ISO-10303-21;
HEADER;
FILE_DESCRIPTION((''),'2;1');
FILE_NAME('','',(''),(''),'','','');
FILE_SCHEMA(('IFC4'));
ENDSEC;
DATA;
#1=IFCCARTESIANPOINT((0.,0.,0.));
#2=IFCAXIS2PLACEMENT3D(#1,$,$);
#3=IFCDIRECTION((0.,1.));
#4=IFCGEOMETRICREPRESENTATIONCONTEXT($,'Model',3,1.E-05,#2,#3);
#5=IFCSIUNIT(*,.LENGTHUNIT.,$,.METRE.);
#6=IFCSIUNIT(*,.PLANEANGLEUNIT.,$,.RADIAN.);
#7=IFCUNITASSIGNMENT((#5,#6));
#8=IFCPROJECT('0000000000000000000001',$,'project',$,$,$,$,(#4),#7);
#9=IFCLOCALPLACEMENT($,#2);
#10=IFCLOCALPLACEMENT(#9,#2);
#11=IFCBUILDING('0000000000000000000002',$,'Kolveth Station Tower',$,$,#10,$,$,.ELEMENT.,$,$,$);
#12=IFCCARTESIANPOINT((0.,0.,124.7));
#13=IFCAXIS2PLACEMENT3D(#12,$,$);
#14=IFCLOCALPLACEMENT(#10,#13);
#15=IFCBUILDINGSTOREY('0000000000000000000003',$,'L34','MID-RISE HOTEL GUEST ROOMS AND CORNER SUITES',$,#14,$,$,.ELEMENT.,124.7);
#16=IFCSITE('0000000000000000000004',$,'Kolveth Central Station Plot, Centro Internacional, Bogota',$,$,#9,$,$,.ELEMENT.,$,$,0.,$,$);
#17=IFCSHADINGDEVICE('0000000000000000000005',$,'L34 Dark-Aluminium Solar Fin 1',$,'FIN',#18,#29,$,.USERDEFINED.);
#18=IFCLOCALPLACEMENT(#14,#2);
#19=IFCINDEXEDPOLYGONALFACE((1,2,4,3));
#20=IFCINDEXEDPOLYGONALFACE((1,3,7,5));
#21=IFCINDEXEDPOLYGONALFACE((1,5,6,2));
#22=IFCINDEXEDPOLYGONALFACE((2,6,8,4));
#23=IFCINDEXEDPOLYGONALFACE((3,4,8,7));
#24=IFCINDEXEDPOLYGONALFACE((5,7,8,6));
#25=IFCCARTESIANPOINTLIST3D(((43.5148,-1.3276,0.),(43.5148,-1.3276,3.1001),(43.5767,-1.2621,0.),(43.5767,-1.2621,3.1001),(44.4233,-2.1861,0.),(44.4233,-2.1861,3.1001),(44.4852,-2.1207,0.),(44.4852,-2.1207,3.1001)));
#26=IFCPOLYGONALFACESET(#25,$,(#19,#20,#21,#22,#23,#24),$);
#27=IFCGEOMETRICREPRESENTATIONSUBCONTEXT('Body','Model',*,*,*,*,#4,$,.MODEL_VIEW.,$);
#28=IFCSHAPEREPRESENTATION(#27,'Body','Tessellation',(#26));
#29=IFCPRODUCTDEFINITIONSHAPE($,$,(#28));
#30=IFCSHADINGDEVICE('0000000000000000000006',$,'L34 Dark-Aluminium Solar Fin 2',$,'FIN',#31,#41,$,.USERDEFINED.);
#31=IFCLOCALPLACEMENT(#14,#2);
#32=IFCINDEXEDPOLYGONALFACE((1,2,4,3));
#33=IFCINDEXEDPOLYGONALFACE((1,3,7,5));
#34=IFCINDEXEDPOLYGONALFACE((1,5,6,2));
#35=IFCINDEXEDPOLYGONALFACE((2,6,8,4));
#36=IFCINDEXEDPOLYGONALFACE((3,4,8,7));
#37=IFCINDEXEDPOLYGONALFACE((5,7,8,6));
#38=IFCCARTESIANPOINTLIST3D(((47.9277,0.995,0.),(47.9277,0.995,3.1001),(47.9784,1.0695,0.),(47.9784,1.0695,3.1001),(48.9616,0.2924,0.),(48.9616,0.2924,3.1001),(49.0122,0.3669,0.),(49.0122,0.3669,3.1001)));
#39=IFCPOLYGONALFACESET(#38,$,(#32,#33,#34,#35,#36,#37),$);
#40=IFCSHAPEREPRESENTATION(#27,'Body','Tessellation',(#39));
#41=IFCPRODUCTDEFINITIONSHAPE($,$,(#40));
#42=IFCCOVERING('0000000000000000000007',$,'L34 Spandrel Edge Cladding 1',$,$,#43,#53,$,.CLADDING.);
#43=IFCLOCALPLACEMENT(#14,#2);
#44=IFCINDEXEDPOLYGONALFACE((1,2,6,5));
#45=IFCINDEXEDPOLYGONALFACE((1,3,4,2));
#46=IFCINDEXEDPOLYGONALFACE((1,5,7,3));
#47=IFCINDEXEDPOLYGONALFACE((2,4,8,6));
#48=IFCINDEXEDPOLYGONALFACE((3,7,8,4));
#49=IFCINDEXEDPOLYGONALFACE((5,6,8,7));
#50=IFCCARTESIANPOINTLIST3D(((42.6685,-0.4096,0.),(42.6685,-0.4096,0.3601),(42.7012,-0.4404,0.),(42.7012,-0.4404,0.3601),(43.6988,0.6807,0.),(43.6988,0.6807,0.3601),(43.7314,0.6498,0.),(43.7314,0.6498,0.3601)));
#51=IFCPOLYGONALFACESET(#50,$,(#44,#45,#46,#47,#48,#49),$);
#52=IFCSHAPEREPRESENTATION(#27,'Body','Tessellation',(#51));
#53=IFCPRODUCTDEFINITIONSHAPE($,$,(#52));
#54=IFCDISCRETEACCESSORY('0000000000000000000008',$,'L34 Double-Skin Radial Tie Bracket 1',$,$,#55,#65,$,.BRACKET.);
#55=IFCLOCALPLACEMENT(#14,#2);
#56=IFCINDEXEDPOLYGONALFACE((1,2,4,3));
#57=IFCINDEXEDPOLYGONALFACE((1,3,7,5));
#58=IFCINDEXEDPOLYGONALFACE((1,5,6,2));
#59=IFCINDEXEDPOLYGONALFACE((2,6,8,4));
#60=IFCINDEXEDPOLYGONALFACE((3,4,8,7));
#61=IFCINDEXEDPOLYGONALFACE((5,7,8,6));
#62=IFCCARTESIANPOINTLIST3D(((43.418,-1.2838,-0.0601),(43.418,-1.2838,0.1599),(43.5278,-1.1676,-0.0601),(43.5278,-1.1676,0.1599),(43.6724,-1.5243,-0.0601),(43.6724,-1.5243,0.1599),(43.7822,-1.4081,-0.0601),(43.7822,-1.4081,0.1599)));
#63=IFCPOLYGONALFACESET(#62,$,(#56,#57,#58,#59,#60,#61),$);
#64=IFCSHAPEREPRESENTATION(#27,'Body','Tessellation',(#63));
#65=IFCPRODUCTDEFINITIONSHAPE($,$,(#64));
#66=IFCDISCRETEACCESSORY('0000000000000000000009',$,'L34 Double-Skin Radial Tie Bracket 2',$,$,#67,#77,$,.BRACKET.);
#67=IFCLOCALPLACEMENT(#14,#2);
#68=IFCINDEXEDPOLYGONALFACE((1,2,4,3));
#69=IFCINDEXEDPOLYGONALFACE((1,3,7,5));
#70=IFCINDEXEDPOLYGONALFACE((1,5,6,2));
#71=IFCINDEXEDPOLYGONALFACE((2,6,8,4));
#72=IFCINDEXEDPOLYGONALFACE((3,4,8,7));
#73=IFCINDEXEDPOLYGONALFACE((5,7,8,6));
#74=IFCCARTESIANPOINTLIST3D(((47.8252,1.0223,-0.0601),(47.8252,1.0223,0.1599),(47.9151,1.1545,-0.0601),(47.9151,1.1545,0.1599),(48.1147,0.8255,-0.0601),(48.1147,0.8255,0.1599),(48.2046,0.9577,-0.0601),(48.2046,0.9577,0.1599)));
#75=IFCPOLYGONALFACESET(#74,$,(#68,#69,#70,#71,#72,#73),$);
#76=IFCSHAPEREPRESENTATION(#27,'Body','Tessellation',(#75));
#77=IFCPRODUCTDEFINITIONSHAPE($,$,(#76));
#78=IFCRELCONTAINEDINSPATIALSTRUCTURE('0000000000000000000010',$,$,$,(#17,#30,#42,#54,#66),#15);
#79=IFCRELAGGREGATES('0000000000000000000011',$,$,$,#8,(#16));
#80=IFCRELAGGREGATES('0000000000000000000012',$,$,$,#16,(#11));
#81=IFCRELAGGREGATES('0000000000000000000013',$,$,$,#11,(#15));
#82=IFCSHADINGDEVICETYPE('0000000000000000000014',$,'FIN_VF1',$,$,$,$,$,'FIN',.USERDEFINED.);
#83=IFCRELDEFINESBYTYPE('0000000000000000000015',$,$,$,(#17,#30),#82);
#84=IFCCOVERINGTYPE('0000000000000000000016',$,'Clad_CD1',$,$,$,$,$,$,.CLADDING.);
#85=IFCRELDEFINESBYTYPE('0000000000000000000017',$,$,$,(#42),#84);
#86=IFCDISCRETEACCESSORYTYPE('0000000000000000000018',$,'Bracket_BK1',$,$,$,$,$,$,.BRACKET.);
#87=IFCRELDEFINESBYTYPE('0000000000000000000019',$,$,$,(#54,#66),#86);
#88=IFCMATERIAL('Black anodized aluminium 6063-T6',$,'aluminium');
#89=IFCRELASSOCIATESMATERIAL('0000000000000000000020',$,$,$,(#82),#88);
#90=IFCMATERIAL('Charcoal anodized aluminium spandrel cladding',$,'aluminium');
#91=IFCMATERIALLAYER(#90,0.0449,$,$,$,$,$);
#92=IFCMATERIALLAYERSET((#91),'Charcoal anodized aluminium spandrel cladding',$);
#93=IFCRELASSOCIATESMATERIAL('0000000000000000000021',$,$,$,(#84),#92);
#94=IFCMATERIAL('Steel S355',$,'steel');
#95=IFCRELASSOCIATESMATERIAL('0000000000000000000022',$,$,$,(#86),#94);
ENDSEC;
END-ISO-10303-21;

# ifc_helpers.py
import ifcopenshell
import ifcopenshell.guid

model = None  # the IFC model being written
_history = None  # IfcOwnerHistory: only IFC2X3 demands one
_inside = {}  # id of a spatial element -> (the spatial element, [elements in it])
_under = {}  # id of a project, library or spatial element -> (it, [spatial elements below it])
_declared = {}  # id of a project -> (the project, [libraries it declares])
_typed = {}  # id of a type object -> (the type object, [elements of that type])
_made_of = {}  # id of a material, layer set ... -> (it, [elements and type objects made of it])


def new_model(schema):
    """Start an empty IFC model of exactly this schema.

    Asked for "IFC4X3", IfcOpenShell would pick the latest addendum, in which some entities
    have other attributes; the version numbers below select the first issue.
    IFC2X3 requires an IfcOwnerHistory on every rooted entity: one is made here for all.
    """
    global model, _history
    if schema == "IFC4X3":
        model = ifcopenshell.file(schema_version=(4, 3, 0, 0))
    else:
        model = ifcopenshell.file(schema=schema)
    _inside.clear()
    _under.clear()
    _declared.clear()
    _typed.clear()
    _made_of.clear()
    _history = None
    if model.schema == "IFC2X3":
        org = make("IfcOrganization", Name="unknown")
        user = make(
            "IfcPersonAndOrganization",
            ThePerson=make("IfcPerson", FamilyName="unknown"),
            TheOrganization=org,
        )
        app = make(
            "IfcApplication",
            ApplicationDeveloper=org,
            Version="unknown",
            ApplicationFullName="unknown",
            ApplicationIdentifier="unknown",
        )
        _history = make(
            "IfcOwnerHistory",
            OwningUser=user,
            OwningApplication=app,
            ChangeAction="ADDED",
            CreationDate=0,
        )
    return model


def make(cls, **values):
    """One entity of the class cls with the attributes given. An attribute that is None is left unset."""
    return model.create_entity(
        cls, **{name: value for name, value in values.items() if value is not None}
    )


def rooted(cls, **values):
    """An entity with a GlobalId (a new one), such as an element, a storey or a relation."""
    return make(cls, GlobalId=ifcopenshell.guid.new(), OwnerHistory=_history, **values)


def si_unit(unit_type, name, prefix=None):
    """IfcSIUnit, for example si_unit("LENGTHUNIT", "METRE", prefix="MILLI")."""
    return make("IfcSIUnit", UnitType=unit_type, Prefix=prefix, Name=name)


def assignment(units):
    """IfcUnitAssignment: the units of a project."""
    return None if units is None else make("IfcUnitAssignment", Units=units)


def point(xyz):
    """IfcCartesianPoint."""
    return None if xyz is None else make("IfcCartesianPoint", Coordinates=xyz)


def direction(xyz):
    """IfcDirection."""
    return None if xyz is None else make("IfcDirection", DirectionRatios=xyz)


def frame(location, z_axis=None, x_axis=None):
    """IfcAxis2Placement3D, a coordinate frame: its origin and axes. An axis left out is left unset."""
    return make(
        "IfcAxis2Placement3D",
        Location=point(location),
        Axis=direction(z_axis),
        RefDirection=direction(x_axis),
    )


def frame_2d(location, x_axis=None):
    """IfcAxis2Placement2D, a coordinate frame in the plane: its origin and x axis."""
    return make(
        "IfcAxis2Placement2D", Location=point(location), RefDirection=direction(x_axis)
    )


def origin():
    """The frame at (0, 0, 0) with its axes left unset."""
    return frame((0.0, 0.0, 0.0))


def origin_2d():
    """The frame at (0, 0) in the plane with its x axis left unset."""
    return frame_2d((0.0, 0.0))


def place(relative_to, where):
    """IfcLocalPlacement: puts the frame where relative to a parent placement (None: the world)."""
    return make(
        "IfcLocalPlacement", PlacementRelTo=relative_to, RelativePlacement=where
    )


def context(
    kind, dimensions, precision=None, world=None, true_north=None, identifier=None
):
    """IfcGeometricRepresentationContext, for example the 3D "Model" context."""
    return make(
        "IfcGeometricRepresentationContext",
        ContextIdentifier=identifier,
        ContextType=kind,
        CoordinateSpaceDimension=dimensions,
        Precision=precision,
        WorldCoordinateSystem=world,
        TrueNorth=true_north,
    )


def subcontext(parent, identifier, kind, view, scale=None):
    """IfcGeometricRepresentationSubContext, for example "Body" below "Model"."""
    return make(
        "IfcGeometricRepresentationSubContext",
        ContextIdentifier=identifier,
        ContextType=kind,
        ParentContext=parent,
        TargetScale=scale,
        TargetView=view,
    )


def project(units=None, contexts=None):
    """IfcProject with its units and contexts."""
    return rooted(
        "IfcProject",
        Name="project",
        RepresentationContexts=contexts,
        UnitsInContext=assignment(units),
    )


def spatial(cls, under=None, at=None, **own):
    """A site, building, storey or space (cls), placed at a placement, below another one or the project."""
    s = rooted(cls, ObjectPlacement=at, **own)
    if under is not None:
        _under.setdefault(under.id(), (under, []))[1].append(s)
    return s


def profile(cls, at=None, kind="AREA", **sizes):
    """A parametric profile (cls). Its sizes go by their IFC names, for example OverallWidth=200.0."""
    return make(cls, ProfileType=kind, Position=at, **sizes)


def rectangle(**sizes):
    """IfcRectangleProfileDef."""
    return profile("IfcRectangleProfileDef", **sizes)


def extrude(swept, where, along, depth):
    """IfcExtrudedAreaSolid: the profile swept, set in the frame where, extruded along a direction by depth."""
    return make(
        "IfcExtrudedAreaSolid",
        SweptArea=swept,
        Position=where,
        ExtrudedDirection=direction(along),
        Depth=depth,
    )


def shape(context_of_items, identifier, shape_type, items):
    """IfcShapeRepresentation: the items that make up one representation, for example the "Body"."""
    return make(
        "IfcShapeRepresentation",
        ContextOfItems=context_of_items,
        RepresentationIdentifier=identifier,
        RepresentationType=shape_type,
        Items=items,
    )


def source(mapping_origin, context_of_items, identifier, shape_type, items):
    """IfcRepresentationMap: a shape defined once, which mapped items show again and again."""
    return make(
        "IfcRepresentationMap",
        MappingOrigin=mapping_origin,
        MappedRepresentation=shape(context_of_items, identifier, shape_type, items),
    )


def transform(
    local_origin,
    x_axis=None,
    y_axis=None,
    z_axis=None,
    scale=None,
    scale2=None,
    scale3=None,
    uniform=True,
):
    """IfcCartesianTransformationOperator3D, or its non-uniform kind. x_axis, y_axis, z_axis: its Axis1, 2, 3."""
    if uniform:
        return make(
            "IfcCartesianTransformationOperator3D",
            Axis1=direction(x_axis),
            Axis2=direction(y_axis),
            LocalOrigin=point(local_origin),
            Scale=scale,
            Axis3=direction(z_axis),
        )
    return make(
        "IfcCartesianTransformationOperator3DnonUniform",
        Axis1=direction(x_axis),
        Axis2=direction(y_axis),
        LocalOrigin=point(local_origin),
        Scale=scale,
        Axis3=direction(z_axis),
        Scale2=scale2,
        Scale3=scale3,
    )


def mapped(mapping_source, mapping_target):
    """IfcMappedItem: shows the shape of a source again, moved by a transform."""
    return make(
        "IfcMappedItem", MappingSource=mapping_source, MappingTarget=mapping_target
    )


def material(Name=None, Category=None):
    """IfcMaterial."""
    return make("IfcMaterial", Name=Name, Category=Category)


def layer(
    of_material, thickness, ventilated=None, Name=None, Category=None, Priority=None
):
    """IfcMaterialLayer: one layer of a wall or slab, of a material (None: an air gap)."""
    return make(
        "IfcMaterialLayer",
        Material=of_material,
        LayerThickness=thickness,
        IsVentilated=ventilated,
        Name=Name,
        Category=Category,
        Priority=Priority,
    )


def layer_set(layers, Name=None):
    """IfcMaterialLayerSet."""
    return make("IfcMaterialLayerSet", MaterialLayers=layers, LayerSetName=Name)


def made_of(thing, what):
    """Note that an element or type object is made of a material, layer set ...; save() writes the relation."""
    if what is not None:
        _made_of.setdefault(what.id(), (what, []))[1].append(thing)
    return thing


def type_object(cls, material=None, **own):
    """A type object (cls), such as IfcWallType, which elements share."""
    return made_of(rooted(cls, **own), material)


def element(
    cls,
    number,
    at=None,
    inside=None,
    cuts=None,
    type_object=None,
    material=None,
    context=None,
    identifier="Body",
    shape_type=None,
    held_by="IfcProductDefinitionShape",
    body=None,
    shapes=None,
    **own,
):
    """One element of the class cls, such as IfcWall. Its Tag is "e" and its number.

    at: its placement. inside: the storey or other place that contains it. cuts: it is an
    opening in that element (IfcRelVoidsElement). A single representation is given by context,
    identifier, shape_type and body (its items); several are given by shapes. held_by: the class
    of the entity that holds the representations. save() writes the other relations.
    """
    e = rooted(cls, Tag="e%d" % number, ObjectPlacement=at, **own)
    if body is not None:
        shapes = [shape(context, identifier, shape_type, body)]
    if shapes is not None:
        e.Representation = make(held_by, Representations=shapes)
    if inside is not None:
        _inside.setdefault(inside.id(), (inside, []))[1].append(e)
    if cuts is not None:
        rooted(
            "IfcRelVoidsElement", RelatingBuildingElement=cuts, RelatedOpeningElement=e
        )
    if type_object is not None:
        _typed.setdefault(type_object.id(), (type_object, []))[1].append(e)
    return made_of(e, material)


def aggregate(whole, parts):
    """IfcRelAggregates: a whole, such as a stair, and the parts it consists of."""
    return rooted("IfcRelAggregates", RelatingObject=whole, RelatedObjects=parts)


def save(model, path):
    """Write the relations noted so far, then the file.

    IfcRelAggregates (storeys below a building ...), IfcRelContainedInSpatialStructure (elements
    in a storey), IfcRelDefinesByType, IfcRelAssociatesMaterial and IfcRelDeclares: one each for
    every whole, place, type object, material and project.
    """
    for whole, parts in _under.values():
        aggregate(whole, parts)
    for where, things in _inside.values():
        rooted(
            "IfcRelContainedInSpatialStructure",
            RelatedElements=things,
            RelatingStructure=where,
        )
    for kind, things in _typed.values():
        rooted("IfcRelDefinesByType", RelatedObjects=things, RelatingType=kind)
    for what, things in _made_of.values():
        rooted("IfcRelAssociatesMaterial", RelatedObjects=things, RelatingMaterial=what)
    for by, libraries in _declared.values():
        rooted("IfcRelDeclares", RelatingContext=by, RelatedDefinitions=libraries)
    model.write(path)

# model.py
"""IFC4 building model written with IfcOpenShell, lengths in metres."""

from ifc_helpers import new_model, si_unit, direction, frame, origin, origin_2d, place, context, subcontext, project, spatial, rectangle, extrude, source, transform, mapped, material, layer, layer_set, type_object, element, save


model = new_model("IFC4")

# Units and contexts
model_context = context("Model", 3, precision=1e-05, world=origin(), true_north=direction((0.0, 1.0)))
body_context = subcontext(model_context, "Body", "Model", "MODEL_VIEW")
ifc_project = project(units=[si_unit("LENGTHUNIT", "METRE"), si_unit("PLANEANGLEUNIT", "RADIAN")], contexts=[model_context])

# Site, building, storey
site_placement = place(None, origin())
site = spatial("IfcSite", under=ifc_project, at=site_placement, Name="Kolveth Central Station Plot, Centro Internacional, Bogota", CompositionType="ELEMENT", RefElevation=0.0)
building_placement = place(site_placement, origin())
building = spatial("IfcBuilding", under=site, at=building_placement, Name="Kolveth Station Tower", CompositionType="ELEMENT")
storey_placement = place(building_placement, frame((0.0, 0.0, 124.7)))
storey = spatial("IfcBuildingStorey", under=building, at=storey_placement, Name="L34", Description="MID-RISE HOTEL GUEST ROOMS AND CORNER SUITES", CompositionType="ELEMENT", Elevation=124.7)

# Shared definitions
ifc_material_1 = material(Name="Steel S355", Category="steel")

# Shared definitions
ifc_material_2 = material(Name="Black anodized aluminium 6063-T6", Category="aluminium")

# Shading devices
shading_device_type = type_object("IfcShadingDeviceType", Name="FIN_VF1", ElementType="FIN", PredefinedType="USERDEFINED", material=ifc_material_2)
shared_shape_1 = source(origin(), body_context, "Body", "SweptSolid", [
    extrude(rectangle(XDim=1.25, YDim=0.0901, at=origin_2d()), origin(), (0.0, 0.0, 1.0), 3.1001),
])
for number, where, z_axis, x_axis, name in (
    (1, (44.0, -1.7241, 0.0), (0.0, 0.0, 1.0), (0.726814, -0.686834, 0.0), "L34 Dark-Aluminium Solar Fin 1"),
    (2, (48.47, 0.6809, 0.0), (0.0, 0.0, 1.0), (0.827081, -0.562083, 0.0), "L34 Dark-Aluminium Solar Fin 2"),
):
    element("IfcShadingDevice", number, at=place(storey_placement, frame(where, z_axis=z_axis, x_axis=x_axis)), inside=storey, type_object=shading_device_type, Name=name, ObjectType="FIN", PredefinedType="USERDEFINED", context=body_context, shape_type="MappedRepresentation", body=[
        mapped(shared_shape_1, transform((0.0, 0.0, 0.0), x_axis=(1.0, 0.0, 0.0), y_axis=(0.0, 1.0, 0.0), z_axis=(0.0, 0.0, 1.0), scale=1.0)),
    ])

# Covering
ifc_material_3 = material(Name="Charcoal anodized aluminium spandrel cladding", Category="aluminium")
ifc_layer_1 = layer(ifc_material_3, 0.0449)
ifc_layer_set_1 = layer_set([ifc_layer_1], Name="Charcoal anodized aluminium spandrel cladding")
covering_type = type_object("IfcCoveringType", Name="Clad_CD1", PredefinedType="CLADDING", material=ifc_layer_set_1)
shared_shape_2 = source(origin(), body_context, "Body", "SweptSolid", [
    extrude(rectangle(XDim=1.5, YDim=0.0449, at=origin_2d()), origin(), (0.0, 0.0, 1.0), 0.3601),
])
covering_placement = place(storey_placement, frame((43.2, 0.1201, 0.0), z_axis=(0.0, 0.0, 1.0), x_axis=(0.686834, 0.726814, 0.0)))
element("IfcCovering", 3, at=covering_placement, inside=storey, type_object=covering_type, Name="L34 Spandrel Edge Cladding 1", PredefinedType="CLADDING", context=body_context, shape_type="MappedRepresentation", body=[
    mapped(shared_shape_2, transform((0.0, 0.0, 0.0), x_axis=(1.0, 0.0, 0.0), y_axis=(0.0, 1.0, 0.0), z_axis=(0.0, 0.0, 1.0), scale=1.0)),
])

# Discrete accessories
discrete_accessory_type = type_object("IfcDiscreteAccessoryType", Name="Bracket_BK1", PredefinedType="BRACKET", material=ifc_material_1)
shared_shape_3 = source(origin(), body_context, "Body", "SweptSolid", [
    extrude(rectangle(XDim=0.3501, YDim=0.1599, at=origin_2d()), origin(), (0.0, 0.0, 1.0), 0.22),
])
for number, where, z_axis, x_axis, name in (
    (4, (43.6001, -1.3459, -0.0601), (0.0, 0.0, 1.0), (0.726814, -0.686834, 0.0), "L34 Double-Skin Radial Tie Bracket 1"),
    (5, (48.0149, 0.99, -0.0601), (0.0, 0.0, 1.0), (0.827081, -0.562083, 0.0), "L34 Double-Skin Radial Tie Bracket 2"),
):
    element("IfcDiscreteAccessory", number, at=place(storey_placement, frame(where, z_axis=z_axis, x_axis=x_axis)), inside=storey, type_object=discrete_accessory_type, Name=name, PredefinedType="BRACKET", context=body_context, shape_type="MappedRepresentation", body=[
        mapped(shared_shape_3, transform((0.0, 0.0, 0.0), x_axis=(1.0, 0.0, 0.0), y_axis=(0.0, 1.0, 0.0), z_axis=(0.0, 0.0, 1.0), scale=1.0)),
    ])

save(model, "model.ifc")
